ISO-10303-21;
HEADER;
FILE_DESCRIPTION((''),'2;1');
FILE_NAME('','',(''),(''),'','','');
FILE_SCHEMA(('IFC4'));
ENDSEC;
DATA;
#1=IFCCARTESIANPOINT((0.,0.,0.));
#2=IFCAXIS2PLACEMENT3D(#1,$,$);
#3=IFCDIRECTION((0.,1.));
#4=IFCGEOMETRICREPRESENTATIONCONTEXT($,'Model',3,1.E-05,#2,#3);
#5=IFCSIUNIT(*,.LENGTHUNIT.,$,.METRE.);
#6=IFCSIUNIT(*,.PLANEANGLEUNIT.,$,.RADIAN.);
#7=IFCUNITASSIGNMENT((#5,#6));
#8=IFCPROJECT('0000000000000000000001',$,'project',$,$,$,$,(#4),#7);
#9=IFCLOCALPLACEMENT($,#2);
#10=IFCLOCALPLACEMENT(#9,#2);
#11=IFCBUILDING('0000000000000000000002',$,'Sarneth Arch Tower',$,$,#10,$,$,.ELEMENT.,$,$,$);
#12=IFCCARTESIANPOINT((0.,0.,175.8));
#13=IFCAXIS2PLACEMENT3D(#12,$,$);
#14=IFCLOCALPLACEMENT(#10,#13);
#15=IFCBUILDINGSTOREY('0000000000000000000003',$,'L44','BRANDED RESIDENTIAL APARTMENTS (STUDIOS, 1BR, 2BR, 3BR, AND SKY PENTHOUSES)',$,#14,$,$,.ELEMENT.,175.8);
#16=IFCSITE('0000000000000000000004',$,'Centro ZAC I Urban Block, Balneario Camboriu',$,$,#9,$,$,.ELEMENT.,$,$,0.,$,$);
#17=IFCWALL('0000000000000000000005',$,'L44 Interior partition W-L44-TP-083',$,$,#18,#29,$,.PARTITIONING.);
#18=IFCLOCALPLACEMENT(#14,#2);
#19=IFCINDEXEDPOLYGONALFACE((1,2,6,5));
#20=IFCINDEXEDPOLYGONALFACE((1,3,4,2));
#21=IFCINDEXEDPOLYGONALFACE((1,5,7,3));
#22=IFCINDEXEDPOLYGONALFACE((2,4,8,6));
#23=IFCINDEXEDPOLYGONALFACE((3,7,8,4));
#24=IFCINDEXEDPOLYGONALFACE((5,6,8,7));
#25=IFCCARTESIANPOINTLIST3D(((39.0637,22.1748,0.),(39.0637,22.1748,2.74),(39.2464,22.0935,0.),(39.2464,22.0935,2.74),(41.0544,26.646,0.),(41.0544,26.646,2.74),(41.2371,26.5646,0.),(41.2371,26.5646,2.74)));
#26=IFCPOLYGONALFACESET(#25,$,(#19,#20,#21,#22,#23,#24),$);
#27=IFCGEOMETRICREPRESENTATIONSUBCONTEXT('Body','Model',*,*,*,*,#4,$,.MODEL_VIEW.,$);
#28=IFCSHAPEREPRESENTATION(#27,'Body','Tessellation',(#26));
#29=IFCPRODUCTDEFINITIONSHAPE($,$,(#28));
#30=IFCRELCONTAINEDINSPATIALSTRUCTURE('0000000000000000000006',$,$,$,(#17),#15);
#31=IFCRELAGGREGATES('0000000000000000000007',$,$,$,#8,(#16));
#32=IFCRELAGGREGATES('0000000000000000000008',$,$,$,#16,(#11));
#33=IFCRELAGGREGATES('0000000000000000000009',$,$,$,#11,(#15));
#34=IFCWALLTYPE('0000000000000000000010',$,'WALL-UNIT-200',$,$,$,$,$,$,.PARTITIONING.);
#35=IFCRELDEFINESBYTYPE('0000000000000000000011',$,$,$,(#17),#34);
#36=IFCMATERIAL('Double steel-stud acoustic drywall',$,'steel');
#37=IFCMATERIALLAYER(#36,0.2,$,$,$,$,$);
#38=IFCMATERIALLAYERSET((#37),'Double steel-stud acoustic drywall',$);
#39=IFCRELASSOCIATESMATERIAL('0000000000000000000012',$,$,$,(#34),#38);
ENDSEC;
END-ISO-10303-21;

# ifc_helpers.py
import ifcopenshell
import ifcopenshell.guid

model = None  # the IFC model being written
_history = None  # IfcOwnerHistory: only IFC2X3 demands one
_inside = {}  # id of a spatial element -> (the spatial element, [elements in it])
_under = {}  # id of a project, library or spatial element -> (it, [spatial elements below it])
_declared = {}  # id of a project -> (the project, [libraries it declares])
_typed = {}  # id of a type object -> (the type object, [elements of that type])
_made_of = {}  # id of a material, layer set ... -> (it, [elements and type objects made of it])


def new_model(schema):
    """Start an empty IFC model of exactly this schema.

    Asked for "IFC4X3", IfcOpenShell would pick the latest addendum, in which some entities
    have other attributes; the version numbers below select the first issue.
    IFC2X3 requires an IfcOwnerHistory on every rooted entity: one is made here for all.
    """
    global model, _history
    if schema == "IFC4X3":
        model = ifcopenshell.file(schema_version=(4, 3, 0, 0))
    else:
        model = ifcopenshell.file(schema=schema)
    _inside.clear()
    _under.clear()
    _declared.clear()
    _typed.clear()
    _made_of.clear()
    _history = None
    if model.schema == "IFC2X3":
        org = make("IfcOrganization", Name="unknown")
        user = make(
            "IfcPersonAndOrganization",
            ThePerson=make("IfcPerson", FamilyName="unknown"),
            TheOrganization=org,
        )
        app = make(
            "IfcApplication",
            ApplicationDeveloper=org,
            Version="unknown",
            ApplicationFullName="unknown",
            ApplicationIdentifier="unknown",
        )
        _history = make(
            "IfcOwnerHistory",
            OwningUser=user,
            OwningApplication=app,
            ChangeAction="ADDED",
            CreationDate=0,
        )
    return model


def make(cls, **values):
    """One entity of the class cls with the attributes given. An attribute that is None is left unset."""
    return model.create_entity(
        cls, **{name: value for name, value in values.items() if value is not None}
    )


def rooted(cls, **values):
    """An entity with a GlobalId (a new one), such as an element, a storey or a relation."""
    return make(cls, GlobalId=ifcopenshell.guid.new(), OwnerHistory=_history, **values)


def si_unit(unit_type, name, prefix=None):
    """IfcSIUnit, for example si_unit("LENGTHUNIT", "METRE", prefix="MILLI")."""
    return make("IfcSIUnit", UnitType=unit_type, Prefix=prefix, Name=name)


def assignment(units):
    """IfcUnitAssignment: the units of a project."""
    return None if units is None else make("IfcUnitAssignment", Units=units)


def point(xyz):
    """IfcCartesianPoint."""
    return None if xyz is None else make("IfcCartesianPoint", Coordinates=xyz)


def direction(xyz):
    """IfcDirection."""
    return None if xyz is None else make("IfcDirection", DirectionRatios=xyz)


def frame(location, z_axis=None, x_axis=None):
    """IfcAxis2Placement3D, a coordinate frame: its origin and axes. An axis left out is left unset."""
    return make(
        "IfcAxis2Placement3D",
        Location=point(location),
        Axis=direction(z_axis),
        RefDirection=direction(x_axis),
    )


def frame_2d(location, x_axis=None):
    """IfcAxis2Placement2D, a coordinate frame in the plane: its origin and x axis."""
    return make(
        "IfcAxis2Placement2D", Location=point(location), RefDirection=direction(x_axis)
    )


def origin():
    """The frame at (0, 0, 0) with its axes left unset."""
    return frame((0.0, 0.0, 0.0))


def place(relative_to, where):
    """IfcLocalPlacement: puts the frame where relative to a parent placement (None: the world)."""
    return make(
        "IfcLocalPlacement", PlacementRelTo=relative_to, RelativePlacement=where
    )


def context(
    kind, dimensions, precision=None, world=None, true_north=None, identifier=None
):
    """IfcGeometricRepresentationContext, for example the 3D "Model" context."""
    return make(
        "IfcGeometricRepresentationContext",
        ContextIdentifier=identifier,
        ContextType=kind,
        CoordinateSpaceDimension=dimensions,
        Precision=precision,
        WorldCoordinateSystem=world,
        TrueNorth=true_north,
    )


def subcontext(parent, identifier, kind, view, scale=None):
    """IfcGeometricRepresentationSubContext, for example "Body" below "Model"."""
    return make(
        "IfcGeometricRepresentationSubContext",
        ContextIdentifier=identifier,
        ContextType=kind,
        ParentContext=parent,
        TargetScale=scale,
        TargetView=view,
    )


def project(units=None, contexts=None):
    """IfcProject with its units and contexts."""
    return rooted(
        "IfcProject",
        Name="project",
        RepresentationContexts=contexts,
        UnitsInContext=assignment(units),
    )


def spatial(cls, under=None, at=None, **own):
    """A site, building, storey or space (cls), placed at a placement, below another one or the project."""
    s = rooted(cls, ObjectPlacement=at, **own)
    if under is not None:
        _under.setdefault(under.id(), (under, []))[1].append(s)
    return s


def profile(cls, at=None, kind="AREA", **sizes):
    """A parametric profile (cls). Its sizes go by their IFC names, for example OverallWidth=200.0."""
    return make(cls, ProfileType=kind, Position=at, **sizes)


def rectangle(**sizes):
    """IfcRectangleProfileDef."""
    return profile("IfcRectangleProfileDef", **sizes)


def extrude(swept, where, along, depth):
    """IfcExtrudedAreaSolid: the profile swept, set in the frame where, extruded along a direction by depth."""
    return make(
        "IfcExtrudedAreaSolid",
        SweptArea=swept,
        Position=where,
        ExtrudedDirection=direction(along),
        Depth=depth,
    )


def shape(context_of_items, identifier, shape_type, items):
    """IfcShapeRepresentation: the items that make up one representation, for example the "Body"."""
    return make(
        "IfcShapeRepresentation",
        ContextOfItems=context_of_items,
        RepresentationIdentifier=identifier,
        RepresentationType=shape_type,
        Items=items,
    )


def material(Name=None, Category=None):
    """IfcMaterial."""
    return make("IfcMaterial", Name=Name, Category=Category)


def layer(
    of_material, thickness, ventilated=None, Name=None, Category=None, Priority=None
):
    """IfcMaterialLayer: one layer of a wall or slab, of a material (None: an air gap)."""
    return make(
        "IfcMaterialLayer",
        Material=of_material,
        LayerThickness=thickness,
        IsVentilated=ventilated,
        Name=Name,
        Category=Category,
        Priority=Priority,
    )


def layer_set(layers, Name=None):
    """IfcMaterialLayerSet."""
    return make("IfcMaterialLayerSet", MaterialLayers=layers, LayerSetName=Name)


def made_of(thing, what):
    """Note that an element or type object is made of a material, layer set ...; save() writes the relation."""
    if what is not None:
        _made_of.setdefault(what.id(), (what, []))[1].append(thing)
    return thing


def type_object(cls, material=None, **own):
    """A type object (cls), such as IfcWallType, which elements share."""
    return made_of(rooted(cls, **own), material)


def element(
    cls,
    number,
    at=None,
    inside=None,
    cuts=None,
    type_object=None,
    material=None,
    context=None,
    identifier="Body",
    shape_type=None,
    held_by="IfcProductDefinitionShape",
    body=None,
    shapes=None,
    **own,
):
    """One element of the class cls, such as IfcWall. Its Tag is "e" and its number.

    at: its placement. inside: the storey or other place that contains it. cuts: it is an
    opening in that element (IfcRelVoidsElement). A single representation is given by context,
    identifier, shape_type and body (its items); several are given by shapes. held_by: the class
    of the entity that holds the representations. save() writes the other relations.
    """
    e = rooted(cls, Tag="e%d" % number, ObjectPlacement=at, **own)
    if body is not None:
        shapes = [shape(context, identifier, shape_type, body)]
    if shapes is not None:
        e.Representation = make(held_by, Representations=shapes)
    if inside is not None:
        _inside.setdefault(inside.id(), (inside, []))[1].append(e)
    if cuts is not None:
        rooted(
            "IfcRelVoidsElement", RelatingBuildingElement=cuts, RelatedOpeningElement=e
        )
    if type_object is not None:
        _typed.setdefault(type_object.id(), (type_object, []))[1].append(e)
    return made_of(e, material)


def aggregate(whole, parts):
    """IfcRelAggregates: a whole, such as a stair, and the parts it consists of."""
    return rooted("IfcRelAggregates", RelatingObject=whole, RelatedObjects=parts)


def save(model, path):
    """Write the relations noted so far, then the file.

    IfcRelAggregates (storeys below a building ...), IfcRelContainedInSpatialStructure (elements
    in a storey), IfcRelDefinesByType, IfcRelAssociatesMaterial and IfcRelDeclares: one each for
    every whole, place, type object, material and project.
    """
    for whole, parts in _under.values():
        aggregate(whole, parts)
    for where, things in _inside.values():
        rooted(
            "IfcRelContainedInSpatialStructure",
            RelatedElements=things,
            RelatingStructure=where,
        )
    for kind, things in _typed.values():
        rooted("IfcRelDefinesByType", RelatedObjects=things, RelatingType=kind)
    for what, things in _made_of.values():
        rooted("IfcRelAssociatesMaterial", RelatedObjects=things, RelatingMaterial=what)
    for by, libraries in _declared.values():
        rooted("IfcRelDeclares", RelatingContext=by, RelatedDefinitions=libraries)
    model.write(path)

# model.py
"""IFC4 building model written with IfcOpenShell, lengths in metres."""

from ifc_helpers import new_model, si_unit, direction, frame, frame_2d, origin, place, context, subcontext, project, spatial, rectangle, extrude, material, layer, layer_set, type_object, element, save


model = new_model("IFC4")

# Units and contexts
model_context = context("Model", 3, precision=1e-05, world=origin(), true_north=direction((0.0, 1.0)))
body_context = subcontext(model_context, "Body", "Model", "MODEL_VIEW")
ifc_project = project(units=[si_unit("LENGTHUNIT", "METRE"), si_unit("PLANEANGLEUNIT", "RADIAN")], contexts=[model_context])

# Site, building, storey
site_placement = place(None, origin())
site = spatial("IfcSite", under=ifc_project, at=site_placement, Name="Centro ZAC I Urban Block, Balneario Camboriu", CompositionType="ELEMENT", RefElevation=0.0)
building_placement = place(site_placement, origin())
building = spatial("IfcBuilding", under=site, at=building_placement, Name="Sarneth Arch Tower", CompositionType="ELEMENT")
storey_placement = place(building_placement, frame((0.0, 0.0, 175.8)))
storey = spatial("IfcBuildingStorey", under=building, at=storey_placement, Name="L44", Description="BRANDED RESIDENTIAL APARTMENTS (STUDIOS, 1BR, 2BR, 3BR, AND SKY PENTHOUSES)", CompositionType="ELEMENT", Elevation=175.8)

# Wall
ifc_material_1 = material(Name="Double steel-stud acoustic drywall", Category="steel")
ifc_layer_1 = layer(ifc_material_1, 0.2)
ifc_layer_set_1 = layer_set([ifc_layer_1], Name="Double steel-stud acoustic drywall")
wall_type_1 = type_object("IfcWallType", Name="WALL-UNIT-200", PredefinedType="PARTITIONING", material=ifc_layer_set_1)
wall_1_placement = place(storey_placement, frame((39.155, 22.134, 0.0), z_axis=(0.0, 0.0, 1.0), x_axis=(0.40674, 0.913544, 0.0)))
element("IfcWall", 1, at=wall_1_placement, inside=storey, type_object=wall_type_1, Name="L44 Interior partition W-L44-TP-083", PredefinedType="PARTITIONING", context=body_context, shape_type="SweptSolid", body=[
    extrude(rectangle(XDim=4.8943, YDim=0.2, at=frame_2d((2.4473, 0.0))), origin(), (0.0, 0.0, 1.0), 2.74),
])

save(model, "model.ifc")
